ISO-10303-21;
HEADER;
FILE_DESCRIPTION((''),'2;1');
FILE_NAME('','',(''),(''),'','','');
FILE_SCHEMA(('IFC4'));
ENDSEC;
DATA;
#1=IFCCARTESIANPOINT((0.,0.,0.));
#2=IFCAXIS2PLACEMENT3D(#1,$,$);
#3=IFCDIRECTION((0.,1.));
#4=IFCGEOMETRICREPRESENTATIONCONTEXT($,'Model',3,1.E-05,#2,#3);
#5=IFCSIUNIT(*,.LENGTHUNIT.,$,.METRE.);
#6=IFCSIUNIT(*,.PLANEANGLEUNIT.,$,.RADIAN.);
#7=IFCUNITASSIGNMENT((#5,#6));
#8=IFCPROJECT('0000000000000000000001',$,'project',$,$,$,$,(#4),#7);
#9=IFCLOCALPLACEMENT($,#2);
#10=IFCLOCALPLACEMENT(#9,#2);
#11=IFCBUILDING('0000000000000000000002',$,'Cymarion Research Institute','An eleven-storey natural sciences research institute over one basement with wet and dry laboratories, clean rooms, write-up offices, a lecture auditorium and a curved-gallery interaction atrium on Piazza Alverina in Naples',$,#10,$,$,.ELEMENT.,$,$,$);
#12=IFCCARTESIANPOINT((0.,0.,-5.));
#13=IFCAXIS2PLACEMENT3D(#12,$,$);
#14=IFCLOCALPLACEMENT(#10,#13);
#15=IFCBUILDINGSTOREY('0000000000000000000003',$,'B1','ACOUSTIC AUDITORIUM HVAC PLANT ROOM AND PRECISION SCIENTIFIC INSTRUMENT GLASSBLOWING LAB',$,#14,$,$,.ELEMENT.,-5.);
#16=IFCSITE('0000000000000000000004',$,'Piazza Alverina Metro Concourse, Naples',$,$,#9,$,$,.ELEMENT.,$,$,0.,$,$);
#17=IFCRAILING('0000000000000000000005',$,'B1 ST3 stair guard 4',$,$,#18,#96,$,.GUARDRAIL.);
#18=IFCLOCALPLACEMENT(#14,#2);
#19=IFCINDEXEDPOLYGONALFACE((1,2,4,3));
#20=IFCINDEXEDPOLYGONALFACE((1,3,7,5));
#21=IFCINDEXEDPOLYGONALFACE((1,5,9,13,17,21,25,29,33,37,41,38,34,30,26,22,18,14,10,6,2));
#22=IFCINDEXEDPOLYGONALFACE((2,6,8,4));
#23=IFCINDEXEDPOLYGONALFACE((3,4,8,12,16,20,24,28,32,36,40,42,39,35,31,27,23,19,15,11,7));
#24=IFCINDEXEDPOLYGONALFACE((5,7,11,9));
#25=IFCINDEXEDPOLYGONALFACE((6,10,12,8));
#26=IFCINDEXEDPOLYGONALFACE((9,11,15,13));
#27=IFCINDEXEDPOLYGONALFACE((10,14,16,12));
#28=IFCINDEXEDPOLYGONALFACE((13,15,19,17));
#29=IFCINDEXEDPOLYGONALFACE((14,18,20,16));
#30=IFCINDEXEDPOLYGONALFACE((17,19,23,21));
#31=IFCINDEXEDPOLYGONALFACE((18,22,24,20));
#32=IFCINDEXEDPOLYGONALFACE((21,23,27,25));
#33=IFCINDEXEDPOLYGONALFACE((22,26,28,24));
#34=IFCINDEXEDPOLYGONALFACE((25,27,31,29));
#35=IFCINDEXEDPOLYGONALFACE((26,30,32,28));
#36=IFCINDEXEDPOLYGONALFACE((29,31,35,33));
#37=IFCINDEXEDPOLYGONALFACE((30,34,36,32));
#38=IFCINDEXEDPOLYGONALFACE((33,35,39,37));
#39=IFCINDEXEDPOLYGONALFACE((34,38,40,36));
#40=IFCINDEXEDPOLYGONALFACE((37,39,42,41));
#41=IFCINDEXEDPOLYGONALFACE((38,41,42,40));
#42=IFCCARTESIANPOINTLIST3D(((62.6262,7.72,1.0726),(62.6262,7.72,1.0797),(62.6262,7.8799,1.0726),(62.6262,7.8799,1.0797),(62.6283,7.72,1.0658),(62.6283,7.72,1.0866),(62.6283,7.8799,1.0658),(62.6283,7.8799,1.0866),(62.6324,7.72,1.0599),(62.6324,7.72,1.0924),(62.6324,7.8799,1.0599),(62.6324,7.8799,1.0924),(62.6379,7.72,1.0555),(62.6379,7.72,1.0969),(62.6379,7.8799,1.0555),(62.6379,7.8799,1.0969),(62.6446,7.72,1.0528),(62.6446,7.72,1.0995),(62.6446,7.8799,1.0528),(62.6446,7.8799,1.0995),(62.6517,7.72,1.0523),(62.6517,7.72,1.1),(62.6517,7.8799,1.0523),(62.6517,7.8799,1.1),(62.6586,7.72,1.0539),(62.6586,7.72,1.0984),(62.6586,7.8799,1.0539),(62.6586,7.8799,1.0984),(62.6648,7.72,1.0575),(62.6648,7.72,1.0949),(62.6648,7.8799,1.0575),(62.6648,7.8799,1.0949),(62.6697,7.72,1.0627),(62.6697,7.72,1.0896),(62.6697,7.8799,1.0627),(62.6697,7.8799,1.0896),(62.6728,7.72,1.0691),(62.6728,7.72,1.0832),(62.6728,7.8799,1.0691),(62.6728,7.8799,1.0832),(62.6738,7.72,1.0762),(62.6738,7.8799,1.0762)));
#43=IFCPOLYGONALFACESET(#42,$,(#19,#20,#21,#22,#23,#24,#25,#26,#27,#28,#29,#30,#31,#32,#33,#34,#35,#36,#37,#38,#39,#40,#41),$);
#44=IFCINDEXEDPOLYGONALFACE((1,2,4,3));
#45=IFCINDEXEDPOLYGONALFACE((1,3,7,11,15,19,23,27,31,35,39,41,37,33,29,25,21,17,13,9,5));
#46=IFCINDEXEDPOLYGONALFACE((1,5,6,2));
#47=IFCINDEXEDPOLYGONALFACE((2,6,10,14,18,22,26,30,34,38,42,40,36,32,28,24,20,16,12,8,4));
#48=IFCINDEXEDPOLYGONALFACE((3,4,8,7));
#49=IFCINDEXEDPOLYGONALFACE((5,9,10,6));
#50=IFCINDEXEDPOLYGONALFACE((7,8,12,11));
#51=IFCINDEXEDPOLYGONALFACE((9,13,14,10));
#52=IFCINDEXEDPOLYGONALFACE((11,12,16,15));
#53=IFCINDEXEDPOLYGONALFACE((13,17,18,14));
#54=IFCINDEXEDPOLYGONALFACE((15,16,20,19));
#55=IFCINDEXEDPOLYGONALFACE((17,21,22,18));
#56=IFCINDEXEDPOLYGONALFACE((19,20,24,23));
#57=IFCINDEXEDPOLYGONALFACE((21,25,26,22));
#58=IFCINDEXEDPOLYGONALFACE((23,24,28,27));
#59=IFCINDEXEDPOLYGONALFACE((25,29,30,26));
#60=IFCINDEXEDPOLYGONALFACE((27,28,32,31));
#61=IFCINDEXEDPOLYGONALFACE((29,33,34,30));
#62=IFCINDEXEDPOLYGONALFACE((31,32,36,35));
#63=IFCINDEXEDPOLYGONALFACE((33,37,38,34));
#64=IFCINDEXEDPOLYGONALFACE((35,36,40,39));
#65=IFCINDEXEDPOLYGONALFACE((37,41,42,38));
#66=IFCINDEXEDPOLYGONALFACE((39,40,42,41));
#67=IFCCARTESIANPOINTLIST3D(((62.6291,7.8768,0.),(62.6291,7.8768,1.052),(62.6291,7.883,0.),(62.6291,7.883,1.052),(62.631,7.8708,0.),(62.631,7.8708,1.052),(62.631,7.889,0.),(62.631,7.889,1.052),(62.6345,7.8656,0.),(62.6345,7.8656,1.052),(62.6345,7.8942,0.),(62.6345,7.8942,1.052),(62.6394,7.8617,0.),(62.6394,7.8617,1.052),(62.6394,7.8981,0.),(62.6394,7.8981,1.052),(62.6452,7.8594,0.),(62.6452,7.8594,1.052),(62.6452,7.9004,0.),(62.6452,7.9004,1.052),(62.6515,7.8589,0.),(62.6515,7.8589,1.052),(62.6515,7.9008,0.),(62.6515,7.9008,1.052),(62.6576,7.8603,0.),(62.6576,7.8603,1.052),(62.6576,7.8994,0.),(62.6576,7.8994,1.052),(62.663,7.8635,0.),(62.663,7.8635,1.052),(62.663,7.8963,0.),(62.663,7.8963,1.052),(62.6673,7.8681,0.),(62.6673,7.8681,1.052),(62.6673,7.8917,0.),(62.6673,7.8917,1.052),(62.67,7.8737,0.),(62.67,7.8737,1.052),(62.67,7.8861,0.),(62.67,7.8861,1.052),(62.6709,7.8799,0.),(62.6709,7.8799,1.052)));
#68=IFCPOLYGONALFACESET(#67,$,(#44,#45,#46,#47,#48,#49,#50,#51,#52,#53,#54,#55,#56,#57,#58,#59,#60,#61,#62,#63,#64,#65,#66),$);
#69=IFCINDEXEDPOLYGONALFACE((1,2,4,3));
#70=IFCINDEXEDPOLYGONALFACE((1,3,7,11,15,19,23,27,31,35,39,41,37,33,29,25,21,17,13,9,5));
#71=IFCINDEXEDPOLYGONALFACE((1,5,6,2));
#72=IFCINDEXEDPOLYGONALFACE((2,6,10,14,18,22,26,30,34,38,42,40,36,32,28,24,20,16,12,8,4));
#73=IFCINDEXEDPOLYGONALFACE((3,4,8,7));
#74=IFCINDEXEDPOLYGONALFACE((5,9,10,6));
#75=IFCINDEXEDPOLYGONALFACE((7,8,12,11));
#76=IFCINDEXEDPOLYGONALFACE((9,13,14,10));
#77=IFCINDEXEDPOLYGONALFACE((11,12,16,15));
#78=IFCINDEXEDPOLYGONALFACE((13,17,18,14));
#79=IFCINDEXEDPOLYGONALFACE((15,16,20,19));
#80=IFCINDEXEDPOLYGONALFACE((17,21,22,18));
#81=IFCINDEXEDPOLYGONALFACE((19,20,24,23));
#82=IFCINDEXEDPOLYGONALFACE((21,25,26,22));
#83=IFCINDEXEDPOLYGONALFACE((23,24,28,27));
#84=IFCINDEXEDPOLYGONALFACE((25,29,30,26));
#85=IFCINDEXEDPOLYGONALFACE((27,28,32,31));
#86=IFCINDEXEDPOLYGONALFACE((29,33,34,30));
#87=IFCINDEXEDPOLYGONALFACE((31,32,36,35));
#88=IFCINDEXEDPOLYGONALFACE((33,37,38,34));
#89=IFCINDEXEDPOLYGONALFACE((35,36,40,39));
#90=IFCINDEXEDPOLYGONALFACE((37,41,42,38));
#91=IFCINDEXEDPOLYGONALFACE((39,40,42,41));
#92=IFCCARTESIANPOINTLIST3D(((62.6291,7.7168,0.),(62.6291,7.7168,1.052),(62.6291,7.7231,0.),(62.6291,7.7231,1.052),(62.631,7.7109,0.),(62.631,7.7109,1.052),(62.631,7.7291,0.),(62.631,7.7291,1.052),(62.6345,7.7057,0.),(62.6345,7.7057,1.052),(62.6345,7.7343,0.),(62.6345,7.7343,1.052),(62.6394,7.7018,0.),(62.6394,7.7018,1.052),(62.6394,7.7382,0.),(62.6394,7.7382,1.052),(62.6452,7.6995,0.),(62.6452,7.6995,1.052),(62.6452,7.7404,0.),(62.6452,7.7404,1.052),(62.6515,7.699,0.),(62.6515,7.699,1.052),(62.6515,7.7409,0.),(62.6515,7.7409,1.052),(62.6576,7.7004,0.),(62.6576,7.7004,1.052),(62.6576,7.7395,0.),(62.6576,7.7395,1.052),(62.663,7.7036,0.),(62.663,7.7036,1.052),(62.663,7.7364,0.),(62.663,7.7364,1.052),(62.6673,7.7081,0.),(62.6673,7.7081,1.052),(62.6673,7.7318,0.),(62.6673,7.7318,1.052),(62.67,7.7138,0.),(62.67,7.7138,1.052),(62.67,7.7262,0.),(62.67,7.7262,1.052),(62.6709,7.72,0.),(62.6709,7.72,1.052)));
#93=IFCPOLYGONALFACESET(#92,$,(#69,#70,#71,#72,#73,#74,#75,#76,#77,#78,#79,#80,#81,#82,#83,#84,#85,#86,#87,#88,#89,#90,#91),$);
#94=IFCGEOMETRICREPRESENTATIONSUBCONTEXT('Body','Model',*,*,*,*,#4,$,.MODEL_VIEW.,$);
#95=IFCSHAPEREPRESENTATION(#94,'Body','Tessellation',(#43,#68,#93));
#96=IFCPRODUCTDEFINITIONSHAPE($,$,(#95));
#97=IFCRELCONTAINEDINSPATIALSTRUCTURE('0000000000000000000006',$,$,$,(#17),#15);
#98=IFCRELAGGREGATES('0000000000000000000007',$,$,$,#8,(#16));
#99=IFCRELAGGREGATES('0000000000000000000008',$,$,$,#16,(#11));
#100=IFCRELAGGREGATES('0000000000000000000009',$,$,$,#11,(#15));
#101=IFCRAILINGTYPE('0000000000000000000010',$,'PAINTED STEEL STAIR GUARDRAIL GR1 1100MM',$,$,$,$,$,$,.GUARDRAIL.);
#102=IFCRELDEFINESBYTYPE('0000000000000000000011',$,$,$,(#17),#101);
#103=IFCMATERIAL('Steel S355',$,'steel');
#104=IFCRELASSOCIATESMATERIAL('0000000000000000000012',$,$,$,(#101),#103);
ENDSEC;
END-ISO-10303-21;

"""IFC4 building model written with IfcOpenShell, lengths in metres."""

from ifc_helpers import new_model, si_unit, direction, frame, origin, origin_2d, place, context, subcontext, project, spatial, circle, extrude, material, type_object, element, save


model = new_model("IFC4")

# Units and contexts
model_context = context("Model", 3, precision=1e-05, world=origin(), true_north=direction((0.0, 1.0)))
body_context = subcontext(model_context, "Body", "Model", "MODEL_VIEW")
ifc_project = project(units=[si_unit("LENGTHUNIT", "METRE"), si_unit("PLANEANGLEUNIT", "RADIAN")], contexts=[model_context])

# Site, building, storey
site_placement = place(None, origin())
site = spatial("IfcSite", under=ifc_project, at=site_placement, Name="Piazza Alverina Metro Concourse, Naples", CompositionType="ELEMENT", RefElevation=0.0)
building_placement = place(site_placement, origin())
building = spatial("IfcBuilding", under=site, at=building_placement, Name="Cymarion Research Institute", Description="An eleven-storey natural sciences research institute over one basement with wet and dry laboratories, clean rooms, write-up offices, a lecture auditorium and a curved-gallery interaction atrium on Piazza Alverina in Naples", CompositionType="ELEMENT")
storey_placement = place(building_placement, frame((0.0, 0.0, -5.0)))
storey = spatial("IfcBuildingStorey", under=building, at=storey_placement, Name="B1", Description="ACOUSTIC AUDITORIUM HVAC PLANT ROOM AND PRECISION SCIENTIFIC INSTRUMENT GLASSBLOWING LAB", CompositionType="ELEMENT", Elevation=-5.0)

# Shared definitions
ifc_material_1 = material(Name="Steel S355", Category="steel")

# Railing
railing_type_1 = type_object("IfcRailingType", Name="PAINTED STEEL STAIR GUARDRAIL GR1 1100MM", PredefinedType="GUARDRAIL", material=ifc_material_1)
railing_1_placement = place(storey_placement, frame((62.6499, 7.8799, 0.0)))
element("IfcRailing", 1, at=railing_1_placement, inside=storey, type_object=railing_type_1, Name="B1 ST3 stair guard 4", PredefinedType="GUARDRAIL", context=body_context, shape_type="SweptSolid", body=[
    extrude(circle(Radius=0.0239, at=origin_2d()), frame((0.0, 0.0, 1.0762), z_axis=(0.0, -1.0, 0.0), x_axis=(1.0, 0.0, 0.0)), (0.0, 0.0, 1.0), 0.1599),
    extrude(circle(Radius=0.021, at=origin_2d()), origin(), (0.0, 0.0, 1.0), 1.052),
    extrude(circle(Radius=0.021, at=origin_2d()), frame((0.0, -0.1599, 0.0)), (0.0, 0.0, 1.0), 1.052),
])

save(model, "model.ifc")
